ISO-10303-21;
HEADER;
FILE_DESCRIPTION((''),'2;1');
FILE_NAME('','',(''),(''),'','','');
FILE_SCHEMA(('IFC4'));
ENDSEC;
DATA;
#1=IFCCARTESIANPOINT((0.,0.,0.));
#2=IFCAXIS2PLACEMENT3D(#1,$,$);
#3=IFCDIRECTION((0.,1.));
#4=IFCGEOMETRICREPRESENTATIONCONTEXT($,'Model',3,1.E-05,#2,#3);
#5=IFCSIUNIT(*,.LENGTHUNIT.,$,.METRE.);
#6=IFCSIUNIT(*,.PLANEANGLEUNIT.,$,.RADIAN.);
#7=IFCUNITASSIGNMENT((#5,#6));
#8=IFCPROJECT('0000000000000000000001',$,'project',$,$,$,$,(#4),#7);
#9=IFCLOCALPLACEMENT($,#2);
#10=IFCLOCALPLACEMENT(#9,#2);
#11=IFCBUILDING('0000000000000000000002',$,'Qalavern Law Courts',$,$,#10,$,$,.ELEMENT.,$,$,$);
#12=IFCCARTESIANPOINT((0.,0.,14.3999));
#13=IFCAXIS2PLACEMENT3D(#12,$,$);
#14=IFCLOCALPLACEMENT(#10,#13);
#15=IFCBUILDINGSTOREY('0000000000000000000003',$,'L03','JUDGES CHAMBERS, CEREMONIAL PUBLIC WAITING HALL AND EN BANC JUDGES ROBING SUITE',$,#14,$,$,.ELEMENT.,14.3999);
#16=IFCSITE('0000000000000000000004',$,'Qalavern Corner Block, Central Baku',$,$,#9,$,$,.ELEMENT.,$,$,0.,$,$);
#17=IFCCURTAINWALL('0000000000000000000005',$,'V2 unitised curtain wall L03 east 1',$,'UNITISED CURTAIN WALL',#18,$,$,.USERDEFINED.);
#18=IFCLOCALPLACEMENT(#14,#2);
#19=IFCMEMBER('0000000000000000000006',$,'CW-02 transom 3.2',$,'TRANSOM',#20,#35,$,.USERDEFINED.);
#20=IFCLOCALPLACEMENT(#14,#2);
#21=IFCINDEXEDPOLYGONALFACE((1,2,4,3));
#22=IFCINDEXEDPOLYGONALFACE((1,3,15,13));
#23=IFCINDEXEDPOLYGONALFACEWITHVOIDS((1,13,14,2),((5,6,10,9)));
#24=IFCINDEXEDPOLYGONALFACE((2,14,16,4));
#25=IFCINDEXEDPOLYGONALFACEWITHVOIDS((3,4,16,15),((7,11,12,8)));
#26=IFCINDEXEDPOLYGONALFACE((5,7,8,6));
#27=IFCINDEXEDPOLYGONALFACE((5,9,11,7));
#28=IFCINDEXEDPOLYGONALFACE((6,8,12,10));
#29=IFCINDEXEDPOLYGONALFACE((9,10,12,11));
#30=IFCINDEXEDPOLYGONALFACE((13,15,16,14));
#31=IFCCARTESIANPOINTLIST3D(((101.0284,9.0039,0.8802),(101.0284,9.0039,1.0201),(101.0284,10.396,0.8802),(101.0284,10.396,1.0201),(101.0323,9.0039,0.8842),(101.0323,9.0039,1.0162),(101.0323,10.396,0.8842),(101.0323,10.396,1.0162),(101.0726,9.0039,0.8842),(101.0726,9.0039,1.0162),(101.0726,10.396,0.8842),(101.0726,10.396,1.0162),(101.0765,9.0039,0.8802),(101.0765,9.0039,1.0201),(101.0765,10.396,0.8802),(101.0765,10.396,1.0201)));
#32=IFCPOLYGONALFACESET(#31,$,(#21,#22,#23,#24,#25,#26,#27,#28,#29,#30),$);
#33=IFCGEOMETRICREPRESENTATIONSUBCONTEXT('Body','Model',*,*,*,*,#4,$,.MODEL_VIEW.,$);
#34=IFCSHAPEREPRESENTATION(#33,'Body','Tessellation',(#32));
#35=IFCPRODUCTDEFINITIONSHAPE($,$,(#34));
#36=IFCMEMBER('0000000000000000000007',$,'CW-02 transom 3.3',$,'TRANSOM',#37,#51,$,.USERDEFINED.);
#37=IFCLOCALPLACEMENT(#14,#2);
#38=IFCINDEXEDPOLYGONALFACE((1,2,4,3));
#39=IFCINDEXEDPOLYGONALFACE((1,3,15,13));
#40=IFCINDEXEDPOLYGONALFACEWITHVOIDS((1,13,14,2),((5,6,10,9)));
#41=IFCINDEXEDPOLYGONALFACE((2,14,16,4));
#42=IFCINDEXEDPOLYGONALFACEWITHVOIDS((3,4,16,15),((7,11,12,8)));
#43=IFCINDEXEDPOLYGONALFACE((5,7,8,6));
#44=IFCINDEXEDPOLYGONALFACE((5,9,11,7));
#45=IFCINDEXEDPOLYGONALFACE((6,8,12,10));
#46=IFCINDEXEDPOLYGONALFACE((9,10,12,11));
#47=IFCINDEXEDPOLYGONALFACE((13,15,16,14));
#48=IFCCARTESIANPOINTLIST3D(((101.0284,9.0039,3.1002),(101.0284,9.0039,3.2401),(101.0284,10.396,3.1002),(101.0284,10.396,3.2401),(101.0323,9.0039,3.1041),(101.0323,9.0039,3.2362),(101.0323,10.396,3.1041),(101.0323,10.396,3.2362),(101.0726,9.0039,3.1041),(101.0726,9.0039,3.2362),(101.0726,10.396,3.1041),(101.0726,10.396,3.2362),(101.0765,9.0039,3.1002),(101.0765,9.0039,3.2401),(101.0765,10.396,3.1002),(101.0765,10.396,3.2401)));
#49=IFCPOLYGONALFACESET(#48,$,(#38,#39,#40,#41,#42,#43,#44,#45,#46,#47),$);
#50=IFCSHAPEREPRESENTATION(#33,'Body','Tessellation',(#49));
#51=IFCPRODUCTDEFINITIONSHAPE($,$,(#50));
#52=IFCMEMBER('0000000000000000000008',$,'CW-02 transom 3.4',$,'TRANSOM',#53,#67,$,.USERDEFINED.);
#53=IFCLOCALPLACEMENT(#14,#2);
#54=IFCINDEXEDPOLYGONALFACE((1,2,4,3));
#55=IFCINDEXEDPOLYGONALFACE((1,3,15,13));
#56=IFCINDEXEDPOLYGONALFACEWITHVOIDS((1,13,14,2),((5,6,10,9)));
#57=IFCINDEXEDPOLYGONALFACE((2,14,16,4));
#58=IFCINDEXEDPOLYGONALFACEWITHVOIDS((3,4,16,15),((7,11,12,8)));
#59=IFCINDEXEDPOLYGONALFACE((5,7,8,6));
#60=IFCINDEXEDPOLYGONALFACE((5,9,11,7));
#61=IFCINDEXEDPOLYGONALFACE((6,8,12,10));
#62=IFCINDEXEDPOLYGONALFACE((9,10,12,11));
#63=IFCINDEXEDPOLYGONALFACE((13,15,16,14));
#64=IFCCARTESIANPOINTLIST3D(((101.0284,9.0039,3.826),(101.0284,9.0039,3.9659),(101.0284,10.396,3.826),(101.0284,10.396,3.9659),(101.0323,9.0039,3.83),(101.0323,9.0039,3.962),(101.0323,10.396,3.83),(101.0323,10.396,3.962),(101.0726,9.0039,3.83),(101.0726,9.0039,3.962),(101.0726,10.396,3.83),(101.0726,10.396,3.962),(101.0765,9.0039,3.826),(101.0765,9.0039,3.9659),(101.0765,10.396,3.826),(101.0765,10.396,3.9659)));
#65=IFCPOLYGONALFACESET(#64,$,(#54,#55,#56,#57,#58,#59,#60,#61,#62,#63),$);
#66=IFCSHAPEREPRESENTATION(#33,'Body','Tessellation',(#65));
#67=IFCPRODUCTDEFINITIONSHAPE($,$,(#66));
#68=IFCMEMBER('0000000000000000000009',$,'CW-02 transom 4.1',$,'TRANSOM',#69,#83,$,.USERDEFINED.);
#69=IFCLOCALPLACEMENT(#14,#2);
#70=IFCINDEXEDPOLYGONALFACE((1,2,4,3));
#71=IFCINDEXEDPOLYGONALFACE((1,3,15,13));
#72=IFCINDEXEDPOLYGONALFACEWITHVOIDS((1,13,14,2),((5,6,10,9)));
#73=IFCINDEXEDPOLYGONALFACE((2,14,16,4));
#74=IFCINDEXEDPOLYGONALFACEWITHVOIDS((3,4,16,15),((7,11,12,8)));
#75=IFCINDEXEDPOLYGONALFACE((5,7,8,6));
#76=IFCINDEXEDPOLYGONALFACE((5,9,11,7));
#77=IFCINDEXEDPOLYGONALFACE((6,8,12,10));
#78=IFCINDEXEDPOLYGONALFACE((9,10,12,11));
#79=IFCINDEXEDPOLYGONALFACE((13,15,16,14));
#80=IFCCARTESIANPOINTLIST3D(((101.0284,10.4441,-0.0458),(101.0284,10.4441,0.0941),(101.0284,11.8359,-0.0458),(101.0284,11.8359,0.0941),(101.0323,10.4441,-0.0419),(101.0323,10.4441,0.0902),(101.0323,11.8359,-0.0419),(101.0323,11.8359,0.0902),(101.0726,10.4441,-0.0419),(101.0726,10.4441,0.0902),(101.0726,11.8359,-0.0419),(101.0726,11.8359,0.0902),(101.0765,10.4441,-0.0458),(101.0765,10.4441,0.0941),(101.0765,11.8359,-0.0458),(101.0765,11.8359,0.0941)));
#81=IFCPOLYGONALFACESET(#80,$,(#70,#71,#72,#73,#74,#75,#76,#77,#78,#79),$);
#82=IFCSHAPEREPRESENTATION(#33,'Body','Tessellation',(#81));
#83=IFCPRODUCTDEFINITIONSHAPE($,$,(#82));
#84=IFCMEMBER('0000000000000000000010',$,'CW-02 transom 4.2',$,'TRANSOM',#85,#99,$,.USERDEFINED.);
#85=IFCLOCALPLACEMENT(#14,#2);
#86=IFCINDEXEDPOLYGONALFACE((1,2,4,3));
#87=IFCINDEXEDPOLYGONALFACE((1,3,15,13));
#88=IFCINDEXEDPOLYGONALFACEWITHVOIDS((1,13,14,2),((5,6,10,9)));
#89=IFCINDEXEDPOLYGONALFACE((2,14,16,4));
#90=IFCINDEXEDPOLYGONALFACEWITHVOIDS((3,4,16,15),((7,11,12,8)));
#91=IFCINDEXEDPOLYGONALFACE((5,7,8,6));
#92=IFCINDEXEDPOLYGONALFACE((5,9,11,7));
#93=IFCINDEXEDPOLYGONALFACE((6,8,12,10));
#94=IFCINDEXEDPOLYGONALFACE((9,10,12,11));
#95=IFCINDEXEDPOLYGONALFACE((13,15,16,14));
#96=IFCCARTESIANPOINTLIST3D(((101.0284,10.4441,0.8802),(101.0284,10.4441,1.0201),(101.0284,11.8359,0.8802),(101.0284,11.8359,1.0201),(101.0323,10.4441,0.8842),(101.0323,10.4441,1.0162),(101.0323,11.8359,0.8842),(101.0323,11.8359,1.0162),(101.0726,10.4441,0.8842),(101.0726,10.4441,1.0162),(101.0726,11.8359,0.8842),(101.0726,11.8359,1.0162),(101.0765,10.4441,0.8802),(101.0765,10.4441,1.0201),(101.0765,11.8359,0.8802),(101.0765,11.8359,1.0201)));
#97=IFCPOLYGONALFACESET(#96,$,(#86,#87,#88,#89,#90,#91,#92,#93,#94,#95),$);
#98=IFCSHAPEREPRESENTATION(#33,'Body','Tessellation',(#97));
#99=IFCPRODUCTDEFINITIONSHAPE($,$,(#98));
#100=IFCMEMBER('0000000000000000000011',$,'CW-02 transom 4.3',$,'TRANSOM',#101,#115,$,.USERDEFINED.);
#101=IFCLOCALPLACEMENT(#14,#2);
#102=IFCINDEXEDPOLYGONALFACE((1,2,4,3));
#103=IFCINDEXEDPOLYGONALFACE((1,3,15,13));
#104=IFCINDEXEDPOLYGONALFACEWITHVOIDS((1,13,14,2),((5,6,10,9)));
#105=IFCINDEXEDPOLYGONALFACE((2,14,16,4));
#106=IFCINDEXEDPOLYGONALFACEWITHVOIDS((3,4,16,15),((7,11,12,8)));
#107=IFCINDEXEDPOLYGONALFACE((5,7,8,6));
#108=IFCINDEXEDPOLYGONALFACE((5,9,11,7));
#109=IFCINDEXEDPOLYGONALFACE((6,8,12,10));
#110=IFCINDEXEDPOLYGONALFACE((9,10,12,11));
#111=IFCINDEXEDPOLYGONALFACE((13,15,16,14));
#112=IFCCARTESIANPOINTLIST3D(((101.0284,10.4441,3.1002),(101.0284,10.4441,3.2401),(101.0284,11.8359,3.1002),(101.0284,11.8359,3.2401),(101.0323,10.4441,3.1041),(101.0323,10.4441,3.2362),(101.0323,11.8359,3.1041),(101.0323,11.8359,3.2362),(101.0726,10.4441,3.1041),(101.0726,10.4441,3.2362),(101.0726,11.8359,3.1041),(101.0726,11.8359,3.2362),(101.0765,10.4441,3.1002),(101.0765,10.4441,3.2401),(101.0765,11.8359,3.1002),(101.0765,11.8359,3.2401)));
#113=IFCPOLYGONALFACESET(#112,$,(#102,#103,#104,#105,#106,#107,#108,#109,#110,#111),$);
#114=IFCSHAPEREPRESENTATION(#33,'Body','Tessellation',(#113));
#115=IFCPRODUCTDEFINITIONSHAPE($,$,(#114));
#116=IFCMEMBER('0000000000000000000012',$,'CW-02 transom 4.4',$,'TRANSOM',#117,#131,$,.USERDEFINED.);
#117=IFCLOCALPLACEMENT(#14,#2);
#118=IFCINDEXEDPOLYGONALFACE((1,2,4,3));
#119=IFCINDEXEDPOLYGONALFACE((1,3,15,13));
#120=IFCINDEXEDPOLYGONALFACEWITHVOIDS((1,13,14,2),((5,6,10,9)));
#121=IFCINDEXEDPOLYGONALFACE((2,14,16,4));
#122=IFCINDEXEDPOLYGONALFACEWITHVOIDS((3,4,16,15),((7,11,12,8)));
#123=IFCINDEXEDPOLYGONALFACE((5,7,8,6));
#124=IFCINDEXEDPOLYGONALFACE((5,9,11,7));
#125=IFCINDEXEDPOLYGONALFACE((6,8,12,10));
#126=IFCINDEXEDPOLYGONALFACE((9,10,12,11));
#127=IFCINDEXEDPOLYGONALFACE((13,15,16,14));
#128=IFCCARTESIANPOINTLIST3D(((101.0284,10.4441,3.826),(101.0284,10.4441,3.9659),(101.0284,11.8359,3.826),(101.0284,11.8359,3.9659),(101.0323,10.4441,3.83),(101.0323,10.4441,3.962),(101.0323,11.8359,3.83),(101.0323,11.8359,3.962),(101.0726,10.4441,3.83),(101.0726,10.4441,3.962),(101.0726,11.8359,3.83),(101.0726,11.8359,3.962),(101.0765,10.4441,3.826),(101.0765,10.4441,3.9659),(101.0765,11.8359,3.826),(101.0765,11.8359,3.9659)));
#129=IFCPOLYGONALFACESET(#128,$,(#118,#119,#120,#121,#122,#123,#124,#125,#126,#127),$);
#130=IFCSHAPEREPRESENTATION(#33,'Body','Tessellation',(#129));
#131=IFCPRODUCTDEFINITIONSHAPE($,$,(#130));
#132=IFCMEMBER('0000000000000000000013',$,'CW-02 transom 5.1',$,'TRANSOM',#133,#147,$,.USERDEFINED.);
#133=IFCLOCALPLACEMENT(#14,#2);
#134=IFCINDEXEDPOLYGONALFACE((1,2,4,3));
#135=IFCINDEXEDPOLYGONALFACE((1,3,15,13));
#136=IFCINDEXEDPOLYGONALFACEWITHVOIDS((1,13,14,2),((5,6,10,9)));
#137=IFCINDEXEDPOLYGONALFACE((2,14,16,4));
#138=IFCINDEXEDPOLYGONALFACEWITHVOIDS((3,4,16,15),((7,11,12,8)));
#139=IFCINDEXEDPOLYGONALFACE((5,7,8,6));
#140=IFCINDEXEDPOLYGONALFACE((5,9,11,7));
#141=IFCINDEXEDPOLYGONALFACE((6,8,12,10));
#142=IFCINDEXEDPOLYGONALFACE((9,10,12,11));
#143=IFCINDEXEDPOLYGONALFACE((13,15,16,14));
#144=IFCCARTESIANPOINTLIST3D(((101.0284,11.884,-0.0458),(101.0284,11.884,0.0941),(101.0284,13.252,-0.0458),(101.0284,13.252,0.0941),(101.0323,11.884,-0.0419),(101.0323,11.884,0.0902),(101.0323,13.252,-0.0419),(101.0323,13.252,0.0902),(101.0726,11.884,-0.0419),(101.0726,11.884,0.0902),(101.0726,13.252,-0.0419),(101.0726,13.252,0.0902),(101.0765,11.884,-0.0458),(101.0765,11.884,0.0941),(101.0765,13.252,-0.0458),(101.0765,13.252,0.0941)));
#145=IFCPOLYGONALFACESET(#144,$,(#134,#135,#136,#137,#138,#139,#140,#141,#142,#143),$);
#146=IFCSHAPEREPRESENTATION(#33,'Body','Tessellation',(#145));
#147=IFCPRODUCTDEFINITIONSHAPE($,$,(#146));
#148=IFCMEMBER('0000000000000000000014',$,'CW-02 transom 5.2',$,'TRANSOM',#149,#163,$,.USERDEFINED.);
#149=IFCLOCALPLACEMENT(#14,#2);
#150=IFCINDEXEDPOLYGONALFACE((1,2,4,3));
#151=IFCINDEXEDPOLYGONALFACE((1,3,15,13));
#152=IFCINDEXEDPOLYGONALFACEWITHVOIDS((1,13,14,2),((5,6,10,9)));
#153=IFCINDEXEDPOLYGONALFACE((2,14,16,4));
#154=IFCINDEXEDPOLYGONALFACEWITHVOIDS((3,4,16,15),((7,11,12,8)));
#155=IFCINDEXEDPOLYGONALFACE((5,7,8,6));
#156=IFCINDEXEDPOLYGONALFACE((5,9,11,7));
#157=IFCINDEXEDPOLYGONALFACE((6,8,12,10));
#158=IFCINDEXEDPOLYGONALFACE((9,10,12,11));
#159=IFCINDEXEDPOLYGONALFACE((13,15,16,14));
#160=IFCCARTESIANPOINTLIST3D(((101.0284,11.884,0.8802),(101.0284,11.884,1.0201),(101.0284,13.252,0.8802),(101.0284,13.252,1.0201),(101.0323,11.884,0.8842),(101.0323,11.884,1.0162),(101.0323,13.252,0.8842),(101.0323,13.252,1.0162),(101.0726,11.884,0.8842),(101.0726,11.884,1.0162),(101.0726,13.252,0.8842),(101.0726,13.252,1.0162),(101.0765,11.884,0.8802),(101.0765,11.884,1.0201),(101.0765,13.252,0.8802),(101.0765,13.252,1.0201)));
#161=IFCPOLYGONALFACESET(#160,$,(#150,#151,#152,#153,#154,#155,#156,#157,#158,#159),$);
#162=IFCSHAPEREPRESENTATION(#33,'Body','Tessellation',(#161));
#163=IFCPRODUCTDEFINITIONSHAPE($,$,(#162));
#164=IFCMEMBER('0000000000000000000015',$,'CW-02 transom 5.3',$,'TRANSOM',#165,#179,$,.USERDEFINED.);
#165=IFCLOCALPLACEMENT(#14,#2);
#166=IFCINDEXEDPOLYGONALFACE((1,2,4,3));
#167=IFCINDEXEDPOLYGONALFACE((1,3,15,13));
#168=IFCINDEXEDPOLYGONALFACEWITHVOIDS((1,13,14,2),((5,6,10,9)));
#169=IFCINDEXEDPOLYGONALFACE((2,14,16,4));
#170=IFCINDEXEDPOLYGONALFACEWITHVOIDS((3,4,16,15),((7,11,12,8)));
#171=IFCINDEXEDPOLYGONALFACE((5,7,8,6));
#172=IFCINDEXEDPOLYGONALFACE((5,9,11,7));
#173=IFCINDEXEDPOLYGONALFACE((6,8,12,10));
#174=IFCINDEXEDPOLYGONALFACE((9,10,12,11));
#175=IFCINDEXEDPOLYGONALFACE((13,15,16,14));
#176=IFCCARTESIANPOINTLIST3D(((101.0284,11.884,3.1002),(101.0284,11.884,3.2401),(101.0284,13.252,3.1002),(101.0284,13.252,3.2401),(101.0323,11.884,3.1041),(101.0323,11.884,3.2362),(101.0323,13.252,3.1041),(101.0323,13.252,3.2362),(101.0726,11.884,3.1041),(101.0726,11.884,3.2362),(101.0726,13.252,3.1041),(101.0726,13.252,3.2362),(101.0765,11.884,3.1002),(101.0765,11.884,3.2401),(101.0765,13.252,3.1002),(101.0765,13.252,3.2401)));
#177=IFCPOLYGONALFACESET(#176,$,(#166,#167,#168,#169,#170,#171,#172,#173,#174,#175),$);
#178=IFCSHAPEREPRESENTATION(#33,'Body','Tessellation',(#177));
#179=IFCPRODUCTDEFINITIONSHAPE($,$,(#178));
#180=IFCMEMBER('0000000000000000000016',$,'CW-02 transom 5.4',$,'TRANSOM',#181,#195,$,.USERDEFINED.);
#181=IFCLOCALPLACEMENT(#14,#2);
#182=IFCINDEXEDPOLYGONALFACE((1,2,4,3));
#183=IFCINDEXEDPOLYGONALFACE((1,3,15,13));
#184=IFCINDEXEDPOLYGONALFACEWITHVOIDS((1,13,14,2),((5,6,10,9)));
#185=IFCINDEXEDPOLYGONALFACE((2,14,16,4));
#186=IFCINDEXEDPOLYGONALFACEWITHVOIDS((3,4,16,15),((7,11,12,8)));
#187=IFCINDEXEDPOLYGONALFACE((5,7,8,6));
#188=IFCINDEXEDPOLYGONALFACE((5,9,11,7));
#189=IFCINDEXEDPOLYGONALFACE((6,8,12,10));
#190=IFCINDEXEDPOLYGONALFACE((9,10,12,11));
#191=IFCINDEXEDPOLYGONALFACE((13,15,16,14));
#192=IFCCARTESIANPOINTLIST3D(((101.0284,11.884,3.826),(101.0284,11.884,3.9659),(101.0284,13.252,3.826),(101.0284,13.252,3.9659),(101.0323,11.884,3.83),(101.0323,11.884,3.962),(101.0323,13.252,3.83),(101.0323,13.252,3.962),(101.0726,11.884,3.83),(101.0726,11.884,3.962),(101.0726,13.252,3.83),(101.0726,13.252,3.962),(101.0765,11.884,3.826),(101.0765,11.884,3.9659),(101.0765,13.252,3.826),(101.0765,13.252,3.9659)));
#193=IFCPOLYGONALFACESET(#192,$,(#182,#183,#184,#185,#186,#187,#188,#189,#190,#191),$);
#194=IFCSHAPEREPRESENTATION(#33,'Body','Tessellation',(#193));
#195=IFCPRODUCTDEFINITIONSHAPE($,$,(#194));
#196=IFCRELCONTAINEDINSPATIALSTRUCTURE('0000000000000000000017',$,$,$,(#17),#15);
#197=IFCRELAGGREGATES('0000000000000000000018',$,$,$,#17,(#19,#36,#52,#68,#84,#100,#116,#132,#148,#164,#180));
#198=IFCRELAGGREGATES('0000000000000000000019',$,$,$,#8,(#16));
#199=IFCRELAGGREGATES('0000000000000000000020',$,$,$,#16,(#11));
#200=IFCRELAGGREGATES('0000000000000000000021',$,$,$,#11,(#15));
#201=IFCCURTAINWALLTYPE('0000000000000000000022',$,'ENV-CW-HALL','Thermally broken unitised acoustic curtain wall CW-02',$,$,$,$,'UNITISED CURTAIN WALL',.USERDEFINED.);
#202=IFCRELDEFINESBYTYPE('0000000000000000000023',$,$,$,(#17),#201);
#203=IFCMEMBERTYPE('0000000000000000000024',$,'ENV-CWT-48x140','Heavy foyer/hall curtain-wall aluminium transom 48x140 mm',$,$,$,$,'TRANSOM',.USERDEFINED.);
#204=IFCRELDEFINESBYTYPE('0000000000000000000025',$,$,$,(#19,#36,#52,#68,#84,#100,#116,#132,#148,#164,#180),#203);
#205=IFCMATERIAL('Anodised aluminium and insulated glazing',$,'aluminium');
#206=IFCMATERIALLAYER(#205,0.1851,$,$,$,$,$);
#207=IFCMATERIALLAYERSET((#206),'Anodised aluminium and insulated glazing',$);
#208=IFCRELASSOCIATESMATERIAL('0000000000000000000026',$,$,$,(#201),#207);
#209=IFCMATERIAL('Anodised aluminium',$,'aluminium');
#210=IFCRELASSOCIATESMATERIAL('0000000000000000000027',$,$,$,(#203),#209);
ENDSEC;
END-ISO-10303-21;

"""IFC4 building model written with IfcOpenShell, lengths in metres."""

from ifc_helpers import new_model, si_unit, direction, frame, origin, origin_2d, place, context, subcontext, project, spatial, hollow_rectangle, extrude, material, layer, layer_set, material_profile, profile_set, type_object, element, aggregate, save


model = new_model("IFC4")

# Units and contexts
model_context = context("Model", 3, precision=1e-05, world=origin(), true_north=direction((0.0, 1.0)))
body_context = subcontext(model_context, "Body", "Model", "MODEL_VIEW")
ifc_project = project(units=[si_unit("LENGTHUNIT", "METRE"), si_unit("PLANEANGLEUNIT", "RADIAN")], contexts=[model_context])

# Site, building, storey
site_placement = place(None, origin())
site = spatial("IfcSite", under=ifc_project, at=site_placement, Name="Qalavern Corner Block, Central Baku", CompositionType="ELEMENT", RefElevation=0.0)
building_placement = place(site_placement, origin())
building = spatial("IfcBuilding", under=site, at=building_placement, Name="Qalavern Law Courts", CompositionType="ELEMENT")
storey_placement = place(building_placement, frame((0.0, 0.0, 14.3999)))
storey = spatial("IfcBuildingStorey", under=building, at=storey_placement, Name="L03", Description="JUDGES CHAMBERS, CEREMONIAL PUBLIC WAITING HALL AND EN BANC JUDGES ROBING SUITE", CompositionType="ELEMENT", Elevation=14.3999)

# Curtain wall, members
ifc_material_1 = material(Name="Anodised aluminium and insulated glazing", Category="aluminium")
ifc_layer_1 = layer(ifc_material_1, 0.1851)
ifc_layer_set_1 = layer_set([ifc_layer_1], Name="Anodised aluminium and insulated glazing")
curtain_wall_type = type_object("IfcCurtainWallType", Name="ENV-CW-HALL", Description="Thermally broken unitised acoustic curtain wall CW-02", ElementType="UNITISED CURTAIN WALL", PredefinedType="USERDEFINED", material=ifc_layer_set_1)
curtain_wall_placement = place(storey_placement, origin())
curtain_wall = element("IfcCurtainWall", 1, at=curtain_wall_placement, inside=storey, type_object=curtain_wall_type, Name="V2 unitised curtain wall L03 east 1", ObjectType="UNITISED CURTAIN WALL", PredefinedType="USERDEFINED")
ifc_material_2 = material(Name="Anodised aluminium", Category="aluminium")
ifc_material_profile_1 = material_profile(ifc_material_2, hollow_rectangle(XDim=0.0481, YDim=0.1399, WallThickness=0.0039, at=origin_2d()), Name="ALU TRANSOM 48x140")
ifc_profile_set_1 = profile_set([ifc_material_profile_1], Name="Anodised aluminium")
member_type_1 = type_object("IfcMemberType", Name="ENV-CWT-48x140", Description="Heavy foyer/hall curtain-wall aluminium transom 48x140 mm", ElementType="TRANSOM", PredefinedType="USERDEFINED", material=ifc_profile_set_1)
member_1_placement = place(storey_placement, frame((101.0525, 9.0039, 0.9502), z_axis=(0.0, 1.0, 0.0), x_axis=(-1.0, 0.0, 0.0)))
member_1 = element("IfcMember", 2, at=member_1_placement, type_object=member_type_1, Name="CW-02 transom 3.2", ObjectType="TRANSOM", PredefinedType="USERDEFINED", context=body_context, shape_type="SweptSolid", body=[
    extrude(hollow_rectangle(XDim=0.0481, YDim=0.1399, WallThickness=0.0039, at=origin_2d()), origin(), (0.0, 0.0, 1.0), 1.3921),
])
member_2_placement = place(storey_placement, frame((101.0525, 9.0039, 3.1702), z_axis=(0.0, 1.0, 0.0), x_axis=(-1.0, 0.0, 0.0)))
member_2 = element("IfcMember", 3, at=member_2_placement, type_object=member_type_1, Name="CW-02 transom 3.3", ObjectType="TRANSOM", PredefinedType="USERDEFINED", context=body_context, shape_type="SweptSolid", body=[
    extrude(hollow_rectangle(XDim=0.0481, YDim=0.1399, WallThickness=0.0039, at=origin_2d()), origin(), (0.0, 0.0, 1.0), 1.3921),
])
member_3_placement = place(storey_placement, frame((101.0525, 9.0039, 3.896), z_axis=(0.0, 1.0, 0.0), x_axis=(-1.0, 0.0, 0.0)))
member_3 = element("IfcMember", 4, at=member_3_placement, type_object=member_type_1, Name="CW-02 transom 3.4", ObjectType="TRANSOM", PredefinedType="USERDEFINED", context=body_context, shape_type="SweptSolid", body=[
    extrude(hollow_rectangle(XDim=0.0481, YDim=0.1399, WallThickness=0.0039, at=origin_2d()), origin(), (0.0, 0.0, 1.0), 1.3921),
])
member_4_placement = place(storey_placement, frame((101.0525, 10.4441, 0.0242), z_axis=(0.0, 1.0, 0.0), x_axis=(-1.0, 0.0, 0.0)))
member_4 = element("IfcMember", 5, at=member_4_placement, type_object=member_type_1, Name="CW-02 transom 4.1", ObjectType="TRANSOM", PredefinedType="USERDEFINED", context=body_context, shape_type="SweptSolid", body=[
    extrude(hollow_rectangle(XDim=0.0481, YDim=0.1399, WallThickness=0.0039, at=origin_2d()), origin(), (0.0, 0.0, 1.0), 1.3918),
])
member_5_placement = place(storey_placement, frame((101.0525, 10.4441, 0.9502), z_axis=(0.0, 1.0, 0.0), x_axis=(-1.0, 0.0, 0.0)))
member_5 = element("IfcMember", 6, at=member_5_placement, type_object=member_type_1, Name="CW-02 transom 4.2", ObjectType="TRANSOM", PredefinedType="USERDEFINED", context=body_context, shape_type="SweptSolid", body=[
    extrude(hollow_rectangle(XDim=0.0481, YDim=0.1399, WallThickness=0.0039, at=origin_2d()), origin(), (0.0, 0.0, 1.0), 1.3918),
])
member_6_placement = place(storey_placement, frame((101.0525, 10.4441, 3.1702), z_axis=(0.0, 1.0, 0.0), x_axis=(-1.0, 0.0, 0.0)))
member_6 = element("IfcMember", 7, at=member_6_placement, type_object=member_type_1, Name="CW-02 transom 4.3", ObjectType="TRANSOM", PredefinedType="USERDEFINED", context=body_context, shape_type="SweptSolid", body=[
    extrude(hollow_rectangle(XDim=0.0481, YDim=0.1399, WallThickness=0.0039, at=origin_2d()), origin(), (0.0, 0.0, 1.0), 1.3918),
])
member_7_placement = place(storey_placement, frame((101.0525, 10.4441, 3.896), z_axis=(0.0, 1.0, 0.0), x_axis=(-1.0, 0.0, 0.0)))
member_7 = element("IfcMember", 8, at=member_7_placement, type_object=member_type_1, Name="CW-02 transom 4.4", ObjectType="TRANSOM", PredefinedType="USERDEFINED", context=body_context, shape_type="SweptSolid", body=[
    extrude(hollow_rectangle(XDim=0.0481, YDim=0.1399, WallThickness=0.0039, at=origin_2d()), origin(), (0.0, 0.0, 1.0), 1.3918),
])
member_8_placement = place(storey_placement, frame((101.0525, 11.884, 0.0242), z_axis=(0.0, 1.0, 0.0), x_axis=(-1.0, 0.0, 0.0)))
member_8 = element("IfcMember", 9, at=member_8_placement, type_object=member_type_1, Name="CW-02 transom 5.1", ObjectType="TRANSOM", PredefinedType="USERDEFINED", context=body_context, shape_type="SweptSolid", body=[
    extrude(hollow_rectangle(XDim=0.0481, YDim=0.1399, WallThickness=0.0039, at=origin_2d()), origin(), (0.0, 0.0, 1.0), 1.3679),
])
member_9_placement = place(storey_placement, frame((101.0525, 11.884, 0.9502), z_axis=(0.0, 1.0, 0.0), x_axis=(-1.0, 0.0, 0.0)))
member_9 = element("IfcMember", 10, at=member_9_placement, type_object=member_type_1, Name="CW-02 transom 5.2", ObjectType="TRANSOM", PredefinedType="USERDEFINED", context=body_context, shape_type="SweptSolid", body=[
    extrude(hollow_rectangle(XDim=0.0481, YDim=0.1399, WallThickness=0.0039, at=origin_2d()), origin(), (0.0, 0.0, 1.0), 1.3679),
])
member_10_placement = place(storey_placement, frame((101.0525, 11.884, 3.1702), z_axis=(0.0, 1.0, 0.0), x_axis=(-1.0, 0.0, 0.0)))
member_10 = element("IfcMember", 11, at=member_10_placement, type_object=member_type_1, Name="CW-02 transom 5.3", ObjectType="TRANSOM", PredefinedType="USERDEFINED", context=body_context, shape_type="SweptSolid", body=[
    extrude(hollow_rectangle(XDim=0.0481, YDim=0.1399, WallThickness=0.0039, at=origin_2d()), origin(), (0.0, 0.0, 1.0), 1.3679),
])
member_11_placement = place(storey_placement, frame((101.0525, 11.884, 3.896), z_axis=(0.0, 1.0, 0.0), x_axis=(-1.0, 0.0, 0.0)))
member_11 = element("IfcMember", 12, at=member_11_placement, type_object=member_type_1, Name="CW-02 transom 5.4", ObjectType="TRANSOM", PredefinedType="USERDEFINED", context=body_context, shape_type="SweptSolid", body=[
    extrude(hollow_rectangle(XDim=0.0481, YDim=0.1399, WallThickness=0.0039, at=origin_2d()), origin(), (0.0, 0.0, 1.0), 1.3679),
])
aggregate(curtain_wall, [member_1, member_2, member_3, member_4, member_5, member_6, member_7, member_8, member_9, member_10, member_11])

save(model, "model.ifc")
